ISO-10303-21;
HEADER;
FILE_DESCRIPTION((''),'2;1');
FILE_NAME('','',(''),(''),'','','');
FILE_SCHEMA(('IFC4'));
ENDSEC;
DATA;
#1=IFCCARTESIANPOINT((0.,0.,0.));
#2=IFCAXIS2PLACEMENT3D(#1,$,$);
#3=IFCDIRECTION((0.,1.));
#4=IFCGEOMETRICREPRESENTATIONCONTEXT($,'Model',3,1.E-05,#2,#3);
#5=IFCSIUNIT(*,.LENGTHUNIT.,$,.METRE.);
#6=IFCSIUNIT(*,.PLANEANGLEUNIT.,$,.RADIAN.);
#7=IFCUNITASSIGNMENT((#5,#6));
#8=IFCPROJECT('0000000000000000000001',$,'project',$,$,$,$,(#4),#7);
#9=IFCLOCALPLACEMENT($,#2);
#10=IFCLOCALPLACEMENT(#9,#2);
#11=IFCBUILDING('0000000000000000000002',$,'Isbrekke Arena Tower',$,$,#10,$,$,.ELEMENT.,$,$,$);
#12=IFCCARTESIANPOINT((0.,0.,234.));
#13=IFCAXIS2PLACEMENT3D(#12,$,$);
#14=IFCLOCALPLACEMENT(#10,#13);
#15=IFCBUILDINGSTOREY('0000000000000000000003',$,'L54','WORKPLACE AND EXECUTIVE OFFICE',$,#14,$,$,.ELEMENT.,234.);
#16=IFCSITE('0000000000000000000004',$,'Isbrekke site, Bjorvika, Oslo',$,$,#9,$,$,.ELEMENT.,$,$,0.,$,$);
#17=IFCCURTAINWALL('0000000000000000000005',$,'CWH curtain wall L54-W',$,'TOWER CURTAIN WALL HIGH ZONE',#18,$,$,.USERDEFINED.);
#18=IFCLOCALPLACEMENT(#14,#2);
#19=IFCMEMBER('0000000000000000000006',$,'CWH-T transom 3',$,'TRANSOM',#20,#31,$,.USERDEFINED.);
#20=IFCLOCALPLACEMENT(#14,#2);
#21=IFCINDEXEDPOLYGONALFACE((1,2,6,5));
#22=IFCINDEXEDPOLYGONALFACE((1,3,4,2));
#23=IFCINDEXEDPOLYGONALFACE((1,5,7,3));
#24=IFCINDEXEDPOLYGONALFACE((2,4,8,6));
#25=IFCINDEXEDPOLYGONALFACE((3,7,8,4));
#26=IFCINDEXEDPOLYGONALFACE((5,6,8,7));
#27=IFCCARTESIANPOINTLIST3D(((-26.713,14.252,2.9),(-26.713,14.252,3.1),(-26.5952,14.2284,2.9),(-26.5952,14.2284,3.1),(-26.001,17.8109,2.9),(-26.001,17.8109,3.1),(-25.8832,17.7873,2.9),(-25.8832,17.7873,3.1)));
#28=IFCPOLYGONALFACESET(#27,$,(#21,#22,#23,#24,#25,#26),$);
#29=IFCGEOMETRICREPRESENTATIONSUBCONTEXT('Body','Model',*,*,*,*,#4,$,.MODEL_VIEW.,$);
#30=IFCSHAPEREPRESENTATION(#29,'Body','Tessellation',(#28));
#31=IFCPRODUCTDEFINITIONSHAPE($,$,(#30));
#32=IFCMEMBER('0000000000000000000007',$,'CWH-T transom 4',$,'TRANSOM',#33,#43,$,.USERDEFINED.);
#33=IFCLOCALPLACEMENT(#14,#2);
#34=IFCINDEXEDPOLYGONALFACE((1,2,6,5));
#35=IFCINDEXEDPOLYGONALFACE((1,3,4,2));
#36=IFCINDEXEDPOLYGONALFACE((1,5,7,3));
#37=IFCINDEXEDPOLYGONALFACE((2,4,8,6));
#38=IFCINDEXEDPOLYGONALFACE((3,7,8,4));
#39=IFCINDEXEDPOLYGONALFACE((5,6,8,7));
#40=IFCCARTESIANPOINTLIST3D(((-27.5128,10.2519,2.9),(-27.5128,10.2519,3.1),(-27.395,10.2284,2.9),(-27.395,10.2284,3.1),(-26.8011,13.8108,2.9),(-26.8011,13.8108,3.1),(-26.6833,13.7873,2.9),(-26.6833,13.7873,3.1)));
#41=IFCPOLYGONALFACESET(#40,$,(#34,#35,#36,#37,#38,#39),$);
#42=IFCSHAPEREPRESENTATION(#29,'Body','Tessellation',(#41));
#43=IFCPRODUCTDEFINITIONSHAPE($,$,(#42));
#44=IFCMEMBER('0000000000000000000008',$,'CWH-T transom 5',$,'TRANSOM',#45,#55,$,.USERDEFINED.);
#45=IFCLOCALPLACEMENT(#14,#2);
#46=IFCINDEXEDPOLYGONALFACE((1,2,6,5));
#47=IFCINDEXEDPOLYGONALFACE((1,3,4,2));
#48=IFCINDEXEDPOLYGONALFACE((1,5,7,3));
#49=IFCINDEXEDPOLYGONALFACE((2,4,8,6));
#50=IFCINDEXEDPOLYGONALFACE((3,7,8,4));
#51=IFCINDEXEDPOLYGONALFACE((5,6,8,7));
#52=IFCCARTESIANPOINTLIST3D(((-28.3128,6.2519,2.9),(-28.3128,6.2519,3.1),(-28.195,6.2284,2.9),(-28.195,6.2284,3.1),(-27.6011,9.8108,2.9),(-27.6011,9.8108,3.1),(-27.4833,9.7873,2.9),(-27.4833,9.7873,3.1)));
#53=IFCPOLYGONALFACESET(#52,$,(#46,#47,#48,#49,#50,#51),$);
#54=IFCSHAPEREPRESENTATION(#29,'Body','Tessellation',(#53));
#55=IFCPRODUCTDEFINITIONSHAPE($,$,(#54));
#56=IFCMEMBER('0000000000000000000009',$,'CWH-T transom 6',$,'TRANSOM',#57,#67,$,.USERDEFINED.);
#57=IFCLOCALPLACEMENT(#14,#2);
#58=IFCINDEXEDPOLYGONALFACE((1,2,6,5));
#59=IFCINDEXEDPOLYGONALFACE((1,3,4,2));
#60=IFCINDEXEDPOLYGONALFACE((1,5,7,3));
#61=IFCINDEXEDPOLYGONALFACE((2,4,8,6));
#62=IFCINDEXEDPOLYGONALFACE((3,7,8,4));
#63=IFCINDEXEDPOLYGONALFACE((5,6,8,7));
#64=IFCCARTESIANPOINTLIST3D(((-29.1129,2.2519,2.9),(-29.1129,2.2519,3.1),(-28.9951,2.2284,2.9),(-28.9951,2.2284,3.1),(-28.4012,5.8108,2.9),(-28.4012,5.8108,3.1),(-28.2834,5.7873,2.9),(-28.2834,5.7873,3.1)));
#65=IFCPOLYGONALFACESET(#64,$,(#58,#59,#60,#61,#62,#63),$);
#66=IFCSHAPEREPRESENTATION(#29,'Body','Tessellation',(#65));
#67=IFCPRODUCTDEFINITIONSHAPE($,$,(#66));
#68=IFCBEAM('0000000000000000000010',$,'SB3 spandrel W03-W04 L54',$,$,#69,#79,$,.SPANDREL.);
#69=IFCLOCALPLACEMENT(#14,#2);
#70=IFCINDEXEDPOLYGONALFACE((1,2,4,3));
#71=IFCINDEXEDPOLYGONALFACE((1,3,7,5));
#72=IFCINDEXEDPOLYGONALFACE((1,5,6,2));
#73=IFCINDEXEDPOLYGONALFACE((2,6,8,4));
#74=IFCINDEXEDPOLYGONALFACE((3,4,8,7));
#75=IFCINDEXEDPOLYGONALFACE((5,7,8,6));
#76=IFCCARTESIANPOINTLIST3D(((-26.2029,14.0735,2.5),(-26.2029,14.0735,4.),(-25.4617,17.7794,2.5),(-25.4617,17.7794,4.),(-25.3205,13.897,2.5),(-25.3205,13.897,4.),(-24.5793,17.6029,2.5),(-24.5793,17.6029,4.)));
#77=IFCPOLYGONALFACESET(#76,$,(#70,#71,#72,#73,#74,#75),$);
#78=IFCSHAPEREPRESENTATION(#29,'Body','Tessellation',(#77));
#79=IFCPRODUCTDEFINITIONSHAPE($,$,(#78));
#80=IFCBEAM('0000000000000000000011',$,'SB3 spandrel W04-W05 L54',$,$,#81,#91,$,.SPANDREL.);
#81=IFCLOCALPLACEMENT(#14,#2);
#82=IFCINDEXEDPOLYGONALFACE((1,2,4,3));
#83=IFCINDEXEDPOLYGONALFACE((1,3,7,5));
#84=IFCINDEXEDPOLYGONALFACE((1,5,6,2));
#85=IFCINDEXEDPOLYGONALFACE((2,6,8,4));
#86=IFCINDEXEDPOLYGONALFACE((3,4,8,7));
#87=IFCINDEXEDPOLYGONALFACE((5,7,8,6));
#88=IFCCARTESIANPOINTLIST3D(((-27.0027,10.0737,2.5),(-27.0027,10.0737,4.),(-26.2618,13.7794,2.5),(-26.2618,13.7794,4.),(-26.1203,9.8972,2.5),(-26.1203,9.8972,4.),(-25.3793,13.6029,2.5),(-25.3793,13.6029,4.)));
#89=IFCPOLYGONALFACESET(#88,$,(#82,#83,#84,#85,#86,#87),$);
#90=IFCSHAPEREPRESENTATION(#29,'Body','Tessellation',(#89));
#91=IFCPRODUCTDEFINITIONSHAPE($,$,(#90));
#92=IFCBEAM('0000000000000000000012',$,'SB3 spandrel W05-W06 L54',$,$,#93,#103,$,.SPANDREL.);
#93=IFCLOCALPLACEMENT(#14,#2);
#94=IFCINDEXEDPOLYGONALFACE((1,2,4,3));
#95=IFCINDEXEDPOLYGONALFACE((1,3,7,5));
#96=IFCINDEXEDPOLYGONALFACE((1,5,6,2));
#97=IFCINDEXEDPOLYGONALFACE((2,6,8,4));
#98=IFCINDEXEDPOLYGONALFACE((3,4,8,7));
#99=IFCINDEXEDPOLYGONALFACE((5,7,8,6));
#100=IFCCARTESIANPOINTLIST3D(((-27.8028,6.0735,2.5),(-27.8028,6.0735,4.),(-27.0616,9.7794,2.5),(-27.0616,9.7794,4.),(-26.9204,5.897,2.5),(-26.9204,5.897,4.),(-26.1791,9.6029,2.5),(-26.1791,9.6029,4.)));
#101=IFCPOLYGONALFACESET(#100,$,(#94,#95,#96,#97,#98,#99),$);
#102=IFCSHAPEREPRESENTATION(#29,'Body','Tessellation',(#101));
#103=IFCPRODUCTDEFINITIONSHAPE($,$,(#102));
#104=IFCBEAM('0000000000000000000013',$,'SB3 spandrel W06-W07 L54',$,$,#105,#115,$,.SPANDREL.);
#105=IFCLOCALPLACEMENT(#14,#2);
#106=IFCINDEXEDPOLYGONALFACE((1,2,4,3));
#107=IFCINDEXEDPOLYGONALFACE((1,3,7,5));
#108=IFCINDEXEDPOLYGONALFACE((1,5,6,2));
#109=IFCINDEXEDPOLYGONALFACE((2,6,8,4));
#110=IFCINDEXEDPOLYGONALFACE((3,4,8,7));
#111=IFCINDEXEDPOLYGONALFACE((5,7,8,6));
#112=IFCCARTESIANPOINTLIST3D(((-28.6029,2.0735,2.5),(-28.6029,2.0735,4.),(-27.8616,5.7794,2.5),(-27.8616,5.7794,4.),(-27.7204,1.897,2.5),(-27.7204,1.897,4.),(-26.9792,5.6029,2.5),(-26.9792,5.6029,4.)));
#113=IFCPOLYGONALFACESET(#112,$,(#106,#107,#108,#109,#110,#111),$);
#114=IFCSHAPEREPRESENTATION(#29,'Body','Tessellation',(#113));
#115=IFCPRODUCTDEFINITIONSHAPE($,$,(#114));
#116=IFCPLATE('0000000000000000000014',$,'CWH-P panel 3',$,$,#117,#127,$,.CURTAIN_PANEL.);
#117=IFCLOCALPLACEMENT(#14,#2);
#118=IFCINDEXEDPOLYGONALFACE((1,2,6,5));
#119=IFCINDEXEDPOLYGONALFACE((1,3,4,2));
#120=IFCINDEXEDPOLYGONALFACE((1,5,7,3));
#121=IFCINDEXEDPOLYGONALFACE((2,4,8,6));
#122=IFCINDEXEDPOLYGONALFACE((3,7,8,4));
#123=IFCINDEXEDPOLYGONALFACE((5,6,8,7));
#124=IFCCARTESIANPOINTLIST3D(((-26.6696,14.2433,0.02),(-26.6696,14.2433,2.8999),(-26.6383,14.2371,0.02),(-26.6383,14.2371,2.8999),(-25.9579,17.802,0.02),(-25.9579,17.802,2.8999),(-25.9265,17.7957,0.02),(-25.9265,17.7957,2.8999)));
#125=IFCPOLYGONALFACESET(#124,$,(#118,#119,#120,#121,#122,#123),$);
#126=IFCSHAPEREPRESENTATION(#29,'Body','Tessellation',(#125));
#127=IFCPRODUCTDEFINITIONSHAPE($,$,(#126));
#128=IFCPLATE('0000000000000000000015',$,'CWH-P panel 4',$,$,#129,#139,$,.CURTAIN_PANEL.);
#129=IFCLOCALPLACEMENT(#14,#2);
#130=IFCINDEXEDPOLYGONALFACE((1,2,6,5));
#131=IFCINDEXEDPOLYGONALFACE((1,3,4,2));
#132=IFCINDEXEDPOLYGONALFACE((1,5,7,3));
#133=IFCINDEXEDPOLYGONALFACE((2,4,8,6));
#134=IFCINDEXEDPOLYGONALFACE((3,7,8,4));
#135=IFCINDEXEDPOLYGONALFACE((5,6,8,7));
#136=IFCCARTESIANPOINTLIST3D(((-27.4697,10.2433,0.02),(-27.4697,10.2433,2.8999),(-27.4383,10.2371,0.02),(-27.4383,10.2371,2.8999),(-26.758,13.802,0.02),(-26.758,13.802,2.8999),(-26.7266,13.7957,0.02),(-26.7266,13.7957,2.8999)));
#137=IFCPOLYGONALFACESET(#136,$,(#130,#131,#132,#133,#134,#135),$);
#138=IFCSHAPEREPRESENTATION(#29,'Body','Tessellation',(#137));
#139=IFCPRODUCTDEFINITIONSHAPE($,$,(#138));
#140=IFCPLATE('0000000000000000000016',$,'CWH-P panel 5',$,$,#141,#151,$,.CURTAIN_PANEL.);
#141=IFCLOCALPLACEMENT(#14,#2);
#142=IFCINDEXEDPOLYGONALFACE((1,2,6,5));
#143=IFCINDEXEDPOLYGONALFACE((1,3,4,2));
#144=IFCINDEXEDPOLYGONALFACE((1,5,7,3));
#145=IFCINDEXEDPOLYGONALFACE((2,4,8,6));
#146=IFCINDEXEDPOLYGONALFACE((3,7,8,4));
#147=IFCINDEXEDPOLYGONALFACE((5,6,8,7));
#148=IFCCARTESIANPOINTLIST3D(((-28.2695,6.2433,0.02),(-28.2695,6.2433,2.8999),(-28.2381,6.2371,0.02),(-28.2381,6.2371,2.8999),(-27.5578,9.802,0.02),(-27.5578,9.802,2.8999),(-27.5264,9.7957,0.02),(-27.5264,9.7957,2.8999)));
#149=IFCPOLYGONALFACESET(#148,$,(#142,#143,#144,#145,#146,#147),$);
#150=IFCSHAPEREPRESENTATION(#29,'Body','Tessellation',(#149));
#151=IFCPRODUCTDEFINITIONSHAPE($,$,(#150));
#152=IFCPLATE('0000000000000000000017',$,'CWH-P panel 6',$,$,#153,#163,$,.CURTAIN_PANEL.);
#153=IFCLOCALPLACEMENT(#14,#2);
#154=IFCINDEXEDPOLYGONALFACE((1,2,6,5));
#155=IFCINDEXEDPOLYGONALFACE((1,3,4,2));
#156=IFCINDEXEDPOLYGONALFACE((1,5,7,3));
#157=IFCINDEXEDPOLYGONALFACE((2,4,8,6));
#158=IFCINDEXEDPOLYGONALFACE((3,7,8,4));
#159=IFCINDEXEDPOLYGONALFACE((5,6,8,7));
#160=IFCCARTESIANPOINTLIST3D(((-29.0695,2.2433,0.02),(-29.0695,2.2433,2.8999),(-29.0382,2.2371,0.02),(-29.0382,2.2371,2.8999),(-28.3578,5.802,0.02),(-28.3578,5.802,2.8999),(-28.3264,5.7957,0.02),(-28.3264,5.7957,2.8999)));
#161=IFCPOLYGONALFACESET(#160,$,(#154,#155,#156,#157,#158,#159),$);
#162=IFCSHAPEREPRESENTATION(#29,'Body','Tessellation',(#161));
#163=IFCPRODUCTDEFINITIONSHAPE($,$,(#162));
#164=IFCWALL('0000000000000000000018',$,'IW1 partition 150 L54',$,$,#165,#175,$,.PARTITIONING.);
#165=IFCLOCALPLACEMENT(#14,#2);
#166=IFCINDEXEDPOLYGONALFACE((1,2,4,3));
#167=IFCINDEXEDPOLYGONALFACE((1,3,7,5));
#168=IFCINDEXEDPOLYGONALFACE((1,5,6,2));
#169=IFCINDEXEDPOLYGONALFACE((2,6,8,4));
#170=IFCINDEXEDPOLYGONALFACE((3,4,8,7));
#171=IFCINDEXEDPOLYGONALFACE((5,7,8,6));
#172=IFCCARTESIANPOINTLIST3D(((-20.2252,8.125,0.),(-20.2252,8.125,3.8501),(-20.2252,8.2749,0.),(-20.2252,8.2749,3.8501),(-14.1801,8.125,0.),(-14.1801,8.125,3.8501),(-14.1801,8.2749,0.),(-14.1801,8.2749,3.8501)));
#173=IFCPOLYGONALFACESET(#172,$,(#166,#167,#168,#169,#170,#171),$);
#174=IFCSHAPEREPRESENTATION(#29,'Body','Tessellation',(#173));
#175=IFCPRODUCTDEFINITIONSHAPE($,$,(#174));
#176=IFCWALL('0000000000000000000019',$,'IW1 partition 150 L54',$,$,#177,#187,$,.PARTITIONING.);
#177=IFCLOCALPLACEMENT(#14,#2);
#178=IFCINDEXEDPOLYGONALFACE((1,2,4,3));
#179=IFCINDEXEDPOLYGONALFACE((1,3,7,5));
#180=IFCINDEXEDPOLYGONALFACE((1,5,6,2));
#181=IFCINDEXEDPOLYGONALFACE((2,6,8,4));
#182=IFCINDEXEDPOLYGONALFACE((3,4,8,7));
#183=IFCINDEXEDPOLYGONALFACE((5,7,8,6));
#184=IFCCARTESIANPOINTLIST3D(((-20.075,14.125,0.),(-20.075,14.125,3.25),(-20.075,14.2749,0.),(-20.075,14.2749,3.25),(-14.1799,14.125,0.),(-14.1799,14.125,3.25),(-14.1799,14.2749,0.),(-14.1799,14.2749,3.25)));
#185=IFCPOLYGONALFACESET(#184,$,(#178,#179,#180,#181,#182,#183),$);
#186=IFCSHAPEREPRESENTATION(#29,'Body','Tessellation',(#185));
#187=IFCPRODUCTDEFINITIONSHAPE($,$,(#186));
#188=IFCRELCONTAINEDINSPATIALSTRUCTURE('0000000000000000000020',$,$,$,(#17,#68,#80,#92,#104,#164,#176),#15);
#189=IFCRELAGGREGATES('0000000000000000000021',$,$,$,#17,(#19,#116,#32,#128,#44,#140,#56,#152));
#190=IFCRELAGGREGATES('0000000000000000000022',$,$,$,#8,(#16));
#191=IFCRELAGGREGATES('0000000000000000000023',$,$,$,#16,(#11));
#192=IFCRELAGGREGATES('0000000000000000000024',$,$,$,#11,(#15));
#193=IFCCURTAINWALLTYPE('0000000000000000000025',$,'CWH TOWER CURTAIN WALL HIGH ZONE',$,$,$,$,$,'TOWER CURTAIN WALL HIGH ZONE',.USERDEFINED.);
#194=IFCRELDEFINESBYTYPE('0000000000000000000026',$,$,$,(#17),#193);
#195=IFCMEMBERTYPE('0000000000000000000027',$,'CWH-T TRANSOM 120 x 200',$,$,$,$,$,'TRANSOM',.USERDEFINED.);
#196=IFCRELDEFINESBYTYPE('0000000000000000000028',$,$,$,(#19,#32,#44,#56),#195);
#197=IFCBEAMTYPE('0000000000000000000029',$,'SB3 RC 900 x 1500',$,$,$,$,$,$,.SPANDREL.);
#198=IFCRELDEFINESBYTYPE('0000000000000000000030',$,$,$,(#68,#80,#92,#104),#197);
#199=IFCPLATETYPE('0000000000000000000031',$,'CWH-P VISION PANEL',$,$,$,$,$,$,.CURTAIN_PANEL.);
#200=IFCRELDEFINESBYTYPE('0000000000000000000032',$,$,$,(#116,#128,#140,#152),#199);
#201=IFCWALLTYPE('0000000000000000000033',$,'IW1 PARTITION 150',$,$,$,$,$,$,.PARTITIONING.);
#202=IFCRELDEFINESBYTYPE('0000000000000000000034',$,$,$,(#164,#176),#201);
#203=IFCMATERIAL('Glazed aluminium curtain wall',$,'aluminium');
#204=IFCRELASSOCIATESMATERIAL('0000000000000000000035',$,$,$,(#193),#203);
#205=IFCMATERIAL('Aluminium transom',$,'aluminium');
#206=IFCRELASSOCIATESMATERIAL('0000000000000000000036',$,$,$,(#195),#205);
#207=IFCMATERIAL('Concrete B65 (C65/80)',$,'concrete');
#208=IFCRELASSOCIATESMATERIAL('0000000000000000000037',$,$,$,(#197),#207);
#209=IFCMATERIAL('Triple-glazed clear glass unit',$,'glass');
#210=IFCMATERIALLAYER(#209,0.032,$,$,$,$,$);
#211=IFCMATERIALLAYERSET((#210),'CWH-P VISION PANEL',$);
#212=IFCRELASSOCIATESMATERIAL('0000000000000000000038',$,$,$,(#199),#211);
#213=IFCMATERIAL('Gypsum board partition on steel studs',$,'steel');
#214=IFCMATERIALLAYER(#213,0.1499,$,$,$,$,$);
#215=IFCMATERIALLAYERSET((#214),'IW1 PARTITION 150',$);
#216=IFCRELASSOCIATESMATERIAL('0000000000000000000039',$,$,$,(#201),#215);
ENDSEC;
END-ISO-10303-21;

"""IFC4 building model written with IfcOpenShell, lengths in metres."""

from ifc_helpers import new_model, si_unit, direction, frame, frame_2d, origin, origin_2d, place, context, subcontext, project, spatial, rectangle, extrude, material, layer, layer_set, material_profile, profile_set, type_object, element, aggregate, save


model = new_model("IFC4")

# Units and contexts
model_context = context("Model", 3, precision=1e-05, world=origin(), true_north=direction((0.0, 1.0)))
body_context = subcontext(model_context, "Body", "Model", "MODEL_VIEW")
ifc_project = project(units=[si_unit("LENGTHUNIT", "METRE"), si_unit("PLANEANGLEUNIT", "RADIAN")], contexts=[model_context])

# Site, building, storey
site_placement = place(None, origin())
site = spatial("IfcSite", under=ifc_project, at=site_placement, Name="Isbrekke site, Bjorvika, Oslo", CompositionType="ELEMENT", RefElevation=0.0)
building_placement = place(site_placement, origin())
building = spatial("IfcBuilding", under=site, at=building_placement, Name="Isbrekke Arena Tower", CompositionType="ELEMENT")
storey_placement = place(building_placement, frame((0.0, 0.0, 234.0)))
storey = spatial("IfcBuildingStorey", under=building, at=storey_placement, Name="L54", Description="WORKPLACE AND EXECUTIVE OFFICE", CompositionType="ELEMENT", Elevation=234.0)

# Curtain wall, members
ifc_material_1 = material(Name="Glazed aluminium curtain wall", Category="aluminium")
curtain_wall_type = type_object("IfcCurtainWallType", Name="CWH TOWER CURTAIN WALL HIGH ZONE", ElementType="TOWER CURTAIN WALL HIGH ZONE", PredefinedType="USERDEFINED", material=ifc_material_1)
curtain_wall_placement = place(storey_placement, origin())
curtain_wall = element("IfcCurtainWall", 1, at=curtain_wall_placement, inside=storey, type_object=curtain_wall_type, Name="CWH curtain wall L54-W", ObjectType="TOWER CURTAIN WALL HIGH ZONE", PredefinedType="USERDEFINED")
ifc_material_2 = material(Name="Aluminium transom", Category="aluminium")
ifc_material_profile_1 = material_profile(ifc_material_2, rectangle(XDim=0.1201, YDim=0.2, at=origin_2d()), Name="TRANSOM 120X200")
ifc_profile_set_1 = profile_set([ifc_material_profile_1], Name="Aluminium transom")
member_type_1 = type_object("IfcMemberType", Name="CWH-T TRANSOM 120 x 200", ElementType="TRANSOM", PredefinedType="USERDEFINED", material=ifc_profile_set_1)
member_1_placement = place(storey_placement, frame((-25.9421, 17.7991, 3.0), z_axis=(-0.196155, -0.980573, 0.0), x_axis=(0.980573, -0.196155, 0.0)))
member_1 = element("IfcMember", 2, at=member_1_placement, type_object=member_type_1, Name="CWH-T transom 3", ObjectType="TRANSOM", PredefinedType="USERDEFINED", context=body_context, shape_type="SweptSolid", body=[
    extrude(rectangle(XDim=0.1201, YDim=0.2, at=origin_2d()), origin(), (0.0, 0.0, 1.0), 3.6294),
])
member_2_placement = place(storey_placement, frame((-26.7422, 13.7991, 3.0), z_axis=(-0.19609, -0.980586, 0.0), x_axis=(0.980586, -0.19609, 0.0)))
member_2 = element("IfcMember", 3, at=member_2_placement, type_object=member_type_1, Name="CWH-T transom 4", ObjectType="TRANSOM", PredefinedType="USERDEFINED", context=body_context, shape_type="SweptSolid", body=[
    extrude(rectangle(XDim=0.1201, YDim=0.2, at=origin_2d()), origin(), (0.0, 0.0, 1.0), 3.6294),
])
member_3_placement = place(storey_placement, frame((-27.5422, 9.7991, 3.0), z_axis=(-0.19609, -0.980586, 0.0), x_axis=(0.980586, -0.19609, 0.0)))
member_3 = element("IfcMember", 4, at=member_3_placement, type_object=member_type_1, Name="CWH-T transom 5", ObjectType="TRANSOM", PredefinedType="USERDEFINED", context=body_context, shape_type="SweptSolid", body=[
    extrude(rectangle(XDim=0.1201, YDim=0.2, at=origin_2d()), origin(), (0.0, 0.0, 1.0), 3.6294),
])
member_4_placement = place(storey_placement, frame((-28.3423, 5.7991, 3.0), z_axis=(-0.19609, -0.980586, 0.0), x_axis=(0.980586, -0.19609, 0.0)))
member_4 = element("IfcMember", 5, at=member_4_placement, type_object=member_type_1, Name="CWH-T transom 6", ObjectType="TRANSOM", PredefinedType="USERDEFINED", context=body_context, shape_type="SweptSolid", body=[
    extrude(rectangle(XDim=0.1201, YDim=0.2, at=origin_2d()), origin(), (0.0, 0.0, 1.0), 3.6294),
])

# Beams
ifc_material_3 = material(Name="Concrete B65 (C65/80)", Category="concrete")
ifc_material_profile_2 = material_profile(ifc_material_3, rectangle(XDim=0.8999, YDim=1.5, at=origin_2d()), Name="RC 900x1500")
ifc_profile_set_2 = profile_set([ifc_material_profile_2], Name="Concrete B65 (C65/80)")
beam_type_1 = type_object("IfcBeamType", Name="SB3 RC 900 x 1500", PredefinedType="SPANDREL", material=ifc_profile_set_2)
beam_1_placement = place(storey_placement, frame((-25.0205, 17.6912, 3.25), z_axis=(-0.196129, -0.980578, 0.0), x_axis=(0.980578, -0.196129, 0.0)))
element("IfcBeam", 6, at=beam_1_placement, inside=storey, type_object=beam_type_1, Name="SB3 spandrel W03-W04 L54", PredefinedType="SPANDREL", context=body_context, shape_type="SweptSolid", body=[
    extrude(rectangle(XDim=0.8999, YDim=1.5, at=origin_2d()), origin(), (0.0, 0.0, 1.0), 3.7793),
])
beam_2_placement = place(storey_placement, frame((-25.8206, 13.6912, 3.25), z_axis=(-0.196066, -0.980591, 0.0), x_axis=(0.980591, -0.196066, 0.0)))
element("IfcBeam", 7, at=beam_2_placement, inside=storey, type_object=beam_type_1, Name="SB3 spandrel W04-W05 L54", PredefinedType="SPANDREL", context=body_context, shape_type="SweptSolid", body=[
    extrude(rectangle(XDim=0.8999, YDim=1.5, at=origin_2d()), origin(), (0.0, 0.0, 1.0), 3.7791),
])
for number, where, z_axis, x_axis, name in (
    (8, (-26.6204, 9.6912, 3.25), (-0.196129, -0.980578, 0.0), (0.980578, -0.196129, 0.0), "SB3 spandrel W05-W06 L54"),
    (9, (-27.4204, 5.6912, 3.25), (-0.196129, -0.980578, 0.0), (0.980578, -0.196129, 0.0), "SB3 spandrel W06-W07 L54"),
):
    element("IfcBeam", number, at=place(storey_placement, frame(where, z_axis=z_axis, x_axis=x_axis)), inside=storey, type_object=beam_type_1, Name=name, PredefinedType="SPANDREL", context=body_context, shape_type="SweptSolid", body=[
        extrude(rectangle(XDim=0.8999, YDim=1.5, at=origin_2d()), origin(), (0.0, 0.0, 1.0), 3.7793),
    ])

# Plates
ifc_material_4 = material(Name="Triple-glazed clear glass unit", Category="glass")
ifc_layer_1 = layer(ifc_material_4, 0.032)
ifc_layer_set_1 = layer_set([ifc_layer_1], Name="CWH-P VISION PANEL")
plate_type = type_object("IfcPlateType", Name="CWH-P VISION PANEL", PredefinedType="CURTAIN_PANEL", material=ifc_layer_set_1)
plate_1_placement = place(storey_placement, frame((-26.2981, 16.0195, 0.02), z_axis=(0.0, 0.0, 1.0), x_axis=(-0.196116, -0.980581, 0.0)))
plate_1 = element("IfcPlate", 10, at=plate_1_placement, type_object=plate_type, Name="CWH-P panel 3", PredefinedType="CURTAIN_PANEL", context=body_context, shape_type="SweptSolid", body=[
    extrude(rectangle(XDim=3.6292, YDim=0.032, at=origin_2d()), origin(), (0.0, 0.0, 1.0), 2.8799),
])
plate_2_placement = place(storey_placement, frame((-27.0981, 12.0195, 0.02), z_axis=(0.0, 0.0, 1.0), x_axis=(-0.196116, -0.980581, 0.0)))
plate_2 = element("IfcPlate", 11, at=plate_2_placement, type_object=plate_type, Name="CWH-P panel 4", PredefinedType="CURTAIN_PANEL", context=body_context, shape_type="SweptSolid", body=[
    extrude(rectangle(XDim=3.6292, YDim=0.032, at=origin_2d()), origin(), (0.0, 0.0, 1.0), 2.8799),
])
plate_3_placement = place(storey_placement, frame((-27.8979, 8.0195, 0.02), z_axis=(0.0, 0.0, 1.0), x_axis=(-0.196116, -0.980581, 0.0)))
plate_3 = element("IfcPlate", 12, at=plate_3_placement, type_object=plate_type, Name="CWH-P panel 5", PredefinedType="CURTAIN_PANEL", context=body_context, shape_type="SweptSolid", body=[
    extrude(rectangle(XDim=3.6292, YDim=0.032, at=origin_2d()), origin(), (0.0, 0.0, 1.0), 2.8799),
])
plate_4_placement = place(storey_placement, frame((-28.698, 4.0195, 0.02), z_axis=(0.0, 0.0, 1.0), x_axis=(-0.196116, -0.980581, 0.0)))
plate_4 = element("IfcPlate", 13, at=plate_4_placement, type_object=plate_type, Name="CWH-P panel 6", PredefinedType="CURTAIN_PANEL", context=body_context, shape_type="SweptSolid", body=[
    extrude(rectangle(XDim=3.6292, YDim=0.032, at=origin_2d()), origin(), (0.0, 0.0, 1.0), 2.8799),
])
aggregate(curtain_wall, [member_1, plate_1, member_2, plate_2, member_3, plate_3, member_4, plate_4])

# Walls
ifc_material_5 = material(Name="Gypsum board partition on steel studs", Category="steel")
ifc_layer_2 = layer(ifc_material_5, 0.1499)
ifc_layer_set_2 = layer_set([ifc_layer_2], Name="IW1 PARTITION 150")
wall_type = type_object("IfcWallType", Name="IW1 PARTITION 150", PredefinedType="PARTITIONING", material=ifc_layer_set_2)
wall_1_placement = place(storey_placement, frame((-20.2251, 8.2, 0.0), z_axis=(0.0, 0.0, 1.0), x_axis=(1.0, 0.0, 0.0)))
element("IfcWall", 14, at=wall_1_placement, inside=storey, type_object=wall_type, Name="IW1 partition 150 L54", PredefinedType="PARTITIONING", context=body_context, shape_type="SweptSolid", body=[
    extrude(rectangle(XDim=6.0452, YDim=0.1499, at=frame_2d((3.0225, 0.0))), origin(), (0.0, 0.0, 1.0), 3.8501),
])
wall_2_placement = place(storey_placement, frame((-20.075, 14.2, 0.0), z_axis=(0.0, 0.0, 1.0), x_axis=(1.0, 0.0, 0.0)))
element("IfcWall", 15, at=wall_2_placement, inside=storey, type_object=wall_type, Name="IW1 partition 150 L54", PredefinedType="PARTITIONING", context=body_context, shape_type="SweptSolid", body=[
    extrude(rectangle(XDim=5.895, YDim=0.1499, at=frame_2d((2.9475, 0.0))), origin(), (0.0, 0.0, 1.0), 3.25),
])

save(model, "model.ifc")
